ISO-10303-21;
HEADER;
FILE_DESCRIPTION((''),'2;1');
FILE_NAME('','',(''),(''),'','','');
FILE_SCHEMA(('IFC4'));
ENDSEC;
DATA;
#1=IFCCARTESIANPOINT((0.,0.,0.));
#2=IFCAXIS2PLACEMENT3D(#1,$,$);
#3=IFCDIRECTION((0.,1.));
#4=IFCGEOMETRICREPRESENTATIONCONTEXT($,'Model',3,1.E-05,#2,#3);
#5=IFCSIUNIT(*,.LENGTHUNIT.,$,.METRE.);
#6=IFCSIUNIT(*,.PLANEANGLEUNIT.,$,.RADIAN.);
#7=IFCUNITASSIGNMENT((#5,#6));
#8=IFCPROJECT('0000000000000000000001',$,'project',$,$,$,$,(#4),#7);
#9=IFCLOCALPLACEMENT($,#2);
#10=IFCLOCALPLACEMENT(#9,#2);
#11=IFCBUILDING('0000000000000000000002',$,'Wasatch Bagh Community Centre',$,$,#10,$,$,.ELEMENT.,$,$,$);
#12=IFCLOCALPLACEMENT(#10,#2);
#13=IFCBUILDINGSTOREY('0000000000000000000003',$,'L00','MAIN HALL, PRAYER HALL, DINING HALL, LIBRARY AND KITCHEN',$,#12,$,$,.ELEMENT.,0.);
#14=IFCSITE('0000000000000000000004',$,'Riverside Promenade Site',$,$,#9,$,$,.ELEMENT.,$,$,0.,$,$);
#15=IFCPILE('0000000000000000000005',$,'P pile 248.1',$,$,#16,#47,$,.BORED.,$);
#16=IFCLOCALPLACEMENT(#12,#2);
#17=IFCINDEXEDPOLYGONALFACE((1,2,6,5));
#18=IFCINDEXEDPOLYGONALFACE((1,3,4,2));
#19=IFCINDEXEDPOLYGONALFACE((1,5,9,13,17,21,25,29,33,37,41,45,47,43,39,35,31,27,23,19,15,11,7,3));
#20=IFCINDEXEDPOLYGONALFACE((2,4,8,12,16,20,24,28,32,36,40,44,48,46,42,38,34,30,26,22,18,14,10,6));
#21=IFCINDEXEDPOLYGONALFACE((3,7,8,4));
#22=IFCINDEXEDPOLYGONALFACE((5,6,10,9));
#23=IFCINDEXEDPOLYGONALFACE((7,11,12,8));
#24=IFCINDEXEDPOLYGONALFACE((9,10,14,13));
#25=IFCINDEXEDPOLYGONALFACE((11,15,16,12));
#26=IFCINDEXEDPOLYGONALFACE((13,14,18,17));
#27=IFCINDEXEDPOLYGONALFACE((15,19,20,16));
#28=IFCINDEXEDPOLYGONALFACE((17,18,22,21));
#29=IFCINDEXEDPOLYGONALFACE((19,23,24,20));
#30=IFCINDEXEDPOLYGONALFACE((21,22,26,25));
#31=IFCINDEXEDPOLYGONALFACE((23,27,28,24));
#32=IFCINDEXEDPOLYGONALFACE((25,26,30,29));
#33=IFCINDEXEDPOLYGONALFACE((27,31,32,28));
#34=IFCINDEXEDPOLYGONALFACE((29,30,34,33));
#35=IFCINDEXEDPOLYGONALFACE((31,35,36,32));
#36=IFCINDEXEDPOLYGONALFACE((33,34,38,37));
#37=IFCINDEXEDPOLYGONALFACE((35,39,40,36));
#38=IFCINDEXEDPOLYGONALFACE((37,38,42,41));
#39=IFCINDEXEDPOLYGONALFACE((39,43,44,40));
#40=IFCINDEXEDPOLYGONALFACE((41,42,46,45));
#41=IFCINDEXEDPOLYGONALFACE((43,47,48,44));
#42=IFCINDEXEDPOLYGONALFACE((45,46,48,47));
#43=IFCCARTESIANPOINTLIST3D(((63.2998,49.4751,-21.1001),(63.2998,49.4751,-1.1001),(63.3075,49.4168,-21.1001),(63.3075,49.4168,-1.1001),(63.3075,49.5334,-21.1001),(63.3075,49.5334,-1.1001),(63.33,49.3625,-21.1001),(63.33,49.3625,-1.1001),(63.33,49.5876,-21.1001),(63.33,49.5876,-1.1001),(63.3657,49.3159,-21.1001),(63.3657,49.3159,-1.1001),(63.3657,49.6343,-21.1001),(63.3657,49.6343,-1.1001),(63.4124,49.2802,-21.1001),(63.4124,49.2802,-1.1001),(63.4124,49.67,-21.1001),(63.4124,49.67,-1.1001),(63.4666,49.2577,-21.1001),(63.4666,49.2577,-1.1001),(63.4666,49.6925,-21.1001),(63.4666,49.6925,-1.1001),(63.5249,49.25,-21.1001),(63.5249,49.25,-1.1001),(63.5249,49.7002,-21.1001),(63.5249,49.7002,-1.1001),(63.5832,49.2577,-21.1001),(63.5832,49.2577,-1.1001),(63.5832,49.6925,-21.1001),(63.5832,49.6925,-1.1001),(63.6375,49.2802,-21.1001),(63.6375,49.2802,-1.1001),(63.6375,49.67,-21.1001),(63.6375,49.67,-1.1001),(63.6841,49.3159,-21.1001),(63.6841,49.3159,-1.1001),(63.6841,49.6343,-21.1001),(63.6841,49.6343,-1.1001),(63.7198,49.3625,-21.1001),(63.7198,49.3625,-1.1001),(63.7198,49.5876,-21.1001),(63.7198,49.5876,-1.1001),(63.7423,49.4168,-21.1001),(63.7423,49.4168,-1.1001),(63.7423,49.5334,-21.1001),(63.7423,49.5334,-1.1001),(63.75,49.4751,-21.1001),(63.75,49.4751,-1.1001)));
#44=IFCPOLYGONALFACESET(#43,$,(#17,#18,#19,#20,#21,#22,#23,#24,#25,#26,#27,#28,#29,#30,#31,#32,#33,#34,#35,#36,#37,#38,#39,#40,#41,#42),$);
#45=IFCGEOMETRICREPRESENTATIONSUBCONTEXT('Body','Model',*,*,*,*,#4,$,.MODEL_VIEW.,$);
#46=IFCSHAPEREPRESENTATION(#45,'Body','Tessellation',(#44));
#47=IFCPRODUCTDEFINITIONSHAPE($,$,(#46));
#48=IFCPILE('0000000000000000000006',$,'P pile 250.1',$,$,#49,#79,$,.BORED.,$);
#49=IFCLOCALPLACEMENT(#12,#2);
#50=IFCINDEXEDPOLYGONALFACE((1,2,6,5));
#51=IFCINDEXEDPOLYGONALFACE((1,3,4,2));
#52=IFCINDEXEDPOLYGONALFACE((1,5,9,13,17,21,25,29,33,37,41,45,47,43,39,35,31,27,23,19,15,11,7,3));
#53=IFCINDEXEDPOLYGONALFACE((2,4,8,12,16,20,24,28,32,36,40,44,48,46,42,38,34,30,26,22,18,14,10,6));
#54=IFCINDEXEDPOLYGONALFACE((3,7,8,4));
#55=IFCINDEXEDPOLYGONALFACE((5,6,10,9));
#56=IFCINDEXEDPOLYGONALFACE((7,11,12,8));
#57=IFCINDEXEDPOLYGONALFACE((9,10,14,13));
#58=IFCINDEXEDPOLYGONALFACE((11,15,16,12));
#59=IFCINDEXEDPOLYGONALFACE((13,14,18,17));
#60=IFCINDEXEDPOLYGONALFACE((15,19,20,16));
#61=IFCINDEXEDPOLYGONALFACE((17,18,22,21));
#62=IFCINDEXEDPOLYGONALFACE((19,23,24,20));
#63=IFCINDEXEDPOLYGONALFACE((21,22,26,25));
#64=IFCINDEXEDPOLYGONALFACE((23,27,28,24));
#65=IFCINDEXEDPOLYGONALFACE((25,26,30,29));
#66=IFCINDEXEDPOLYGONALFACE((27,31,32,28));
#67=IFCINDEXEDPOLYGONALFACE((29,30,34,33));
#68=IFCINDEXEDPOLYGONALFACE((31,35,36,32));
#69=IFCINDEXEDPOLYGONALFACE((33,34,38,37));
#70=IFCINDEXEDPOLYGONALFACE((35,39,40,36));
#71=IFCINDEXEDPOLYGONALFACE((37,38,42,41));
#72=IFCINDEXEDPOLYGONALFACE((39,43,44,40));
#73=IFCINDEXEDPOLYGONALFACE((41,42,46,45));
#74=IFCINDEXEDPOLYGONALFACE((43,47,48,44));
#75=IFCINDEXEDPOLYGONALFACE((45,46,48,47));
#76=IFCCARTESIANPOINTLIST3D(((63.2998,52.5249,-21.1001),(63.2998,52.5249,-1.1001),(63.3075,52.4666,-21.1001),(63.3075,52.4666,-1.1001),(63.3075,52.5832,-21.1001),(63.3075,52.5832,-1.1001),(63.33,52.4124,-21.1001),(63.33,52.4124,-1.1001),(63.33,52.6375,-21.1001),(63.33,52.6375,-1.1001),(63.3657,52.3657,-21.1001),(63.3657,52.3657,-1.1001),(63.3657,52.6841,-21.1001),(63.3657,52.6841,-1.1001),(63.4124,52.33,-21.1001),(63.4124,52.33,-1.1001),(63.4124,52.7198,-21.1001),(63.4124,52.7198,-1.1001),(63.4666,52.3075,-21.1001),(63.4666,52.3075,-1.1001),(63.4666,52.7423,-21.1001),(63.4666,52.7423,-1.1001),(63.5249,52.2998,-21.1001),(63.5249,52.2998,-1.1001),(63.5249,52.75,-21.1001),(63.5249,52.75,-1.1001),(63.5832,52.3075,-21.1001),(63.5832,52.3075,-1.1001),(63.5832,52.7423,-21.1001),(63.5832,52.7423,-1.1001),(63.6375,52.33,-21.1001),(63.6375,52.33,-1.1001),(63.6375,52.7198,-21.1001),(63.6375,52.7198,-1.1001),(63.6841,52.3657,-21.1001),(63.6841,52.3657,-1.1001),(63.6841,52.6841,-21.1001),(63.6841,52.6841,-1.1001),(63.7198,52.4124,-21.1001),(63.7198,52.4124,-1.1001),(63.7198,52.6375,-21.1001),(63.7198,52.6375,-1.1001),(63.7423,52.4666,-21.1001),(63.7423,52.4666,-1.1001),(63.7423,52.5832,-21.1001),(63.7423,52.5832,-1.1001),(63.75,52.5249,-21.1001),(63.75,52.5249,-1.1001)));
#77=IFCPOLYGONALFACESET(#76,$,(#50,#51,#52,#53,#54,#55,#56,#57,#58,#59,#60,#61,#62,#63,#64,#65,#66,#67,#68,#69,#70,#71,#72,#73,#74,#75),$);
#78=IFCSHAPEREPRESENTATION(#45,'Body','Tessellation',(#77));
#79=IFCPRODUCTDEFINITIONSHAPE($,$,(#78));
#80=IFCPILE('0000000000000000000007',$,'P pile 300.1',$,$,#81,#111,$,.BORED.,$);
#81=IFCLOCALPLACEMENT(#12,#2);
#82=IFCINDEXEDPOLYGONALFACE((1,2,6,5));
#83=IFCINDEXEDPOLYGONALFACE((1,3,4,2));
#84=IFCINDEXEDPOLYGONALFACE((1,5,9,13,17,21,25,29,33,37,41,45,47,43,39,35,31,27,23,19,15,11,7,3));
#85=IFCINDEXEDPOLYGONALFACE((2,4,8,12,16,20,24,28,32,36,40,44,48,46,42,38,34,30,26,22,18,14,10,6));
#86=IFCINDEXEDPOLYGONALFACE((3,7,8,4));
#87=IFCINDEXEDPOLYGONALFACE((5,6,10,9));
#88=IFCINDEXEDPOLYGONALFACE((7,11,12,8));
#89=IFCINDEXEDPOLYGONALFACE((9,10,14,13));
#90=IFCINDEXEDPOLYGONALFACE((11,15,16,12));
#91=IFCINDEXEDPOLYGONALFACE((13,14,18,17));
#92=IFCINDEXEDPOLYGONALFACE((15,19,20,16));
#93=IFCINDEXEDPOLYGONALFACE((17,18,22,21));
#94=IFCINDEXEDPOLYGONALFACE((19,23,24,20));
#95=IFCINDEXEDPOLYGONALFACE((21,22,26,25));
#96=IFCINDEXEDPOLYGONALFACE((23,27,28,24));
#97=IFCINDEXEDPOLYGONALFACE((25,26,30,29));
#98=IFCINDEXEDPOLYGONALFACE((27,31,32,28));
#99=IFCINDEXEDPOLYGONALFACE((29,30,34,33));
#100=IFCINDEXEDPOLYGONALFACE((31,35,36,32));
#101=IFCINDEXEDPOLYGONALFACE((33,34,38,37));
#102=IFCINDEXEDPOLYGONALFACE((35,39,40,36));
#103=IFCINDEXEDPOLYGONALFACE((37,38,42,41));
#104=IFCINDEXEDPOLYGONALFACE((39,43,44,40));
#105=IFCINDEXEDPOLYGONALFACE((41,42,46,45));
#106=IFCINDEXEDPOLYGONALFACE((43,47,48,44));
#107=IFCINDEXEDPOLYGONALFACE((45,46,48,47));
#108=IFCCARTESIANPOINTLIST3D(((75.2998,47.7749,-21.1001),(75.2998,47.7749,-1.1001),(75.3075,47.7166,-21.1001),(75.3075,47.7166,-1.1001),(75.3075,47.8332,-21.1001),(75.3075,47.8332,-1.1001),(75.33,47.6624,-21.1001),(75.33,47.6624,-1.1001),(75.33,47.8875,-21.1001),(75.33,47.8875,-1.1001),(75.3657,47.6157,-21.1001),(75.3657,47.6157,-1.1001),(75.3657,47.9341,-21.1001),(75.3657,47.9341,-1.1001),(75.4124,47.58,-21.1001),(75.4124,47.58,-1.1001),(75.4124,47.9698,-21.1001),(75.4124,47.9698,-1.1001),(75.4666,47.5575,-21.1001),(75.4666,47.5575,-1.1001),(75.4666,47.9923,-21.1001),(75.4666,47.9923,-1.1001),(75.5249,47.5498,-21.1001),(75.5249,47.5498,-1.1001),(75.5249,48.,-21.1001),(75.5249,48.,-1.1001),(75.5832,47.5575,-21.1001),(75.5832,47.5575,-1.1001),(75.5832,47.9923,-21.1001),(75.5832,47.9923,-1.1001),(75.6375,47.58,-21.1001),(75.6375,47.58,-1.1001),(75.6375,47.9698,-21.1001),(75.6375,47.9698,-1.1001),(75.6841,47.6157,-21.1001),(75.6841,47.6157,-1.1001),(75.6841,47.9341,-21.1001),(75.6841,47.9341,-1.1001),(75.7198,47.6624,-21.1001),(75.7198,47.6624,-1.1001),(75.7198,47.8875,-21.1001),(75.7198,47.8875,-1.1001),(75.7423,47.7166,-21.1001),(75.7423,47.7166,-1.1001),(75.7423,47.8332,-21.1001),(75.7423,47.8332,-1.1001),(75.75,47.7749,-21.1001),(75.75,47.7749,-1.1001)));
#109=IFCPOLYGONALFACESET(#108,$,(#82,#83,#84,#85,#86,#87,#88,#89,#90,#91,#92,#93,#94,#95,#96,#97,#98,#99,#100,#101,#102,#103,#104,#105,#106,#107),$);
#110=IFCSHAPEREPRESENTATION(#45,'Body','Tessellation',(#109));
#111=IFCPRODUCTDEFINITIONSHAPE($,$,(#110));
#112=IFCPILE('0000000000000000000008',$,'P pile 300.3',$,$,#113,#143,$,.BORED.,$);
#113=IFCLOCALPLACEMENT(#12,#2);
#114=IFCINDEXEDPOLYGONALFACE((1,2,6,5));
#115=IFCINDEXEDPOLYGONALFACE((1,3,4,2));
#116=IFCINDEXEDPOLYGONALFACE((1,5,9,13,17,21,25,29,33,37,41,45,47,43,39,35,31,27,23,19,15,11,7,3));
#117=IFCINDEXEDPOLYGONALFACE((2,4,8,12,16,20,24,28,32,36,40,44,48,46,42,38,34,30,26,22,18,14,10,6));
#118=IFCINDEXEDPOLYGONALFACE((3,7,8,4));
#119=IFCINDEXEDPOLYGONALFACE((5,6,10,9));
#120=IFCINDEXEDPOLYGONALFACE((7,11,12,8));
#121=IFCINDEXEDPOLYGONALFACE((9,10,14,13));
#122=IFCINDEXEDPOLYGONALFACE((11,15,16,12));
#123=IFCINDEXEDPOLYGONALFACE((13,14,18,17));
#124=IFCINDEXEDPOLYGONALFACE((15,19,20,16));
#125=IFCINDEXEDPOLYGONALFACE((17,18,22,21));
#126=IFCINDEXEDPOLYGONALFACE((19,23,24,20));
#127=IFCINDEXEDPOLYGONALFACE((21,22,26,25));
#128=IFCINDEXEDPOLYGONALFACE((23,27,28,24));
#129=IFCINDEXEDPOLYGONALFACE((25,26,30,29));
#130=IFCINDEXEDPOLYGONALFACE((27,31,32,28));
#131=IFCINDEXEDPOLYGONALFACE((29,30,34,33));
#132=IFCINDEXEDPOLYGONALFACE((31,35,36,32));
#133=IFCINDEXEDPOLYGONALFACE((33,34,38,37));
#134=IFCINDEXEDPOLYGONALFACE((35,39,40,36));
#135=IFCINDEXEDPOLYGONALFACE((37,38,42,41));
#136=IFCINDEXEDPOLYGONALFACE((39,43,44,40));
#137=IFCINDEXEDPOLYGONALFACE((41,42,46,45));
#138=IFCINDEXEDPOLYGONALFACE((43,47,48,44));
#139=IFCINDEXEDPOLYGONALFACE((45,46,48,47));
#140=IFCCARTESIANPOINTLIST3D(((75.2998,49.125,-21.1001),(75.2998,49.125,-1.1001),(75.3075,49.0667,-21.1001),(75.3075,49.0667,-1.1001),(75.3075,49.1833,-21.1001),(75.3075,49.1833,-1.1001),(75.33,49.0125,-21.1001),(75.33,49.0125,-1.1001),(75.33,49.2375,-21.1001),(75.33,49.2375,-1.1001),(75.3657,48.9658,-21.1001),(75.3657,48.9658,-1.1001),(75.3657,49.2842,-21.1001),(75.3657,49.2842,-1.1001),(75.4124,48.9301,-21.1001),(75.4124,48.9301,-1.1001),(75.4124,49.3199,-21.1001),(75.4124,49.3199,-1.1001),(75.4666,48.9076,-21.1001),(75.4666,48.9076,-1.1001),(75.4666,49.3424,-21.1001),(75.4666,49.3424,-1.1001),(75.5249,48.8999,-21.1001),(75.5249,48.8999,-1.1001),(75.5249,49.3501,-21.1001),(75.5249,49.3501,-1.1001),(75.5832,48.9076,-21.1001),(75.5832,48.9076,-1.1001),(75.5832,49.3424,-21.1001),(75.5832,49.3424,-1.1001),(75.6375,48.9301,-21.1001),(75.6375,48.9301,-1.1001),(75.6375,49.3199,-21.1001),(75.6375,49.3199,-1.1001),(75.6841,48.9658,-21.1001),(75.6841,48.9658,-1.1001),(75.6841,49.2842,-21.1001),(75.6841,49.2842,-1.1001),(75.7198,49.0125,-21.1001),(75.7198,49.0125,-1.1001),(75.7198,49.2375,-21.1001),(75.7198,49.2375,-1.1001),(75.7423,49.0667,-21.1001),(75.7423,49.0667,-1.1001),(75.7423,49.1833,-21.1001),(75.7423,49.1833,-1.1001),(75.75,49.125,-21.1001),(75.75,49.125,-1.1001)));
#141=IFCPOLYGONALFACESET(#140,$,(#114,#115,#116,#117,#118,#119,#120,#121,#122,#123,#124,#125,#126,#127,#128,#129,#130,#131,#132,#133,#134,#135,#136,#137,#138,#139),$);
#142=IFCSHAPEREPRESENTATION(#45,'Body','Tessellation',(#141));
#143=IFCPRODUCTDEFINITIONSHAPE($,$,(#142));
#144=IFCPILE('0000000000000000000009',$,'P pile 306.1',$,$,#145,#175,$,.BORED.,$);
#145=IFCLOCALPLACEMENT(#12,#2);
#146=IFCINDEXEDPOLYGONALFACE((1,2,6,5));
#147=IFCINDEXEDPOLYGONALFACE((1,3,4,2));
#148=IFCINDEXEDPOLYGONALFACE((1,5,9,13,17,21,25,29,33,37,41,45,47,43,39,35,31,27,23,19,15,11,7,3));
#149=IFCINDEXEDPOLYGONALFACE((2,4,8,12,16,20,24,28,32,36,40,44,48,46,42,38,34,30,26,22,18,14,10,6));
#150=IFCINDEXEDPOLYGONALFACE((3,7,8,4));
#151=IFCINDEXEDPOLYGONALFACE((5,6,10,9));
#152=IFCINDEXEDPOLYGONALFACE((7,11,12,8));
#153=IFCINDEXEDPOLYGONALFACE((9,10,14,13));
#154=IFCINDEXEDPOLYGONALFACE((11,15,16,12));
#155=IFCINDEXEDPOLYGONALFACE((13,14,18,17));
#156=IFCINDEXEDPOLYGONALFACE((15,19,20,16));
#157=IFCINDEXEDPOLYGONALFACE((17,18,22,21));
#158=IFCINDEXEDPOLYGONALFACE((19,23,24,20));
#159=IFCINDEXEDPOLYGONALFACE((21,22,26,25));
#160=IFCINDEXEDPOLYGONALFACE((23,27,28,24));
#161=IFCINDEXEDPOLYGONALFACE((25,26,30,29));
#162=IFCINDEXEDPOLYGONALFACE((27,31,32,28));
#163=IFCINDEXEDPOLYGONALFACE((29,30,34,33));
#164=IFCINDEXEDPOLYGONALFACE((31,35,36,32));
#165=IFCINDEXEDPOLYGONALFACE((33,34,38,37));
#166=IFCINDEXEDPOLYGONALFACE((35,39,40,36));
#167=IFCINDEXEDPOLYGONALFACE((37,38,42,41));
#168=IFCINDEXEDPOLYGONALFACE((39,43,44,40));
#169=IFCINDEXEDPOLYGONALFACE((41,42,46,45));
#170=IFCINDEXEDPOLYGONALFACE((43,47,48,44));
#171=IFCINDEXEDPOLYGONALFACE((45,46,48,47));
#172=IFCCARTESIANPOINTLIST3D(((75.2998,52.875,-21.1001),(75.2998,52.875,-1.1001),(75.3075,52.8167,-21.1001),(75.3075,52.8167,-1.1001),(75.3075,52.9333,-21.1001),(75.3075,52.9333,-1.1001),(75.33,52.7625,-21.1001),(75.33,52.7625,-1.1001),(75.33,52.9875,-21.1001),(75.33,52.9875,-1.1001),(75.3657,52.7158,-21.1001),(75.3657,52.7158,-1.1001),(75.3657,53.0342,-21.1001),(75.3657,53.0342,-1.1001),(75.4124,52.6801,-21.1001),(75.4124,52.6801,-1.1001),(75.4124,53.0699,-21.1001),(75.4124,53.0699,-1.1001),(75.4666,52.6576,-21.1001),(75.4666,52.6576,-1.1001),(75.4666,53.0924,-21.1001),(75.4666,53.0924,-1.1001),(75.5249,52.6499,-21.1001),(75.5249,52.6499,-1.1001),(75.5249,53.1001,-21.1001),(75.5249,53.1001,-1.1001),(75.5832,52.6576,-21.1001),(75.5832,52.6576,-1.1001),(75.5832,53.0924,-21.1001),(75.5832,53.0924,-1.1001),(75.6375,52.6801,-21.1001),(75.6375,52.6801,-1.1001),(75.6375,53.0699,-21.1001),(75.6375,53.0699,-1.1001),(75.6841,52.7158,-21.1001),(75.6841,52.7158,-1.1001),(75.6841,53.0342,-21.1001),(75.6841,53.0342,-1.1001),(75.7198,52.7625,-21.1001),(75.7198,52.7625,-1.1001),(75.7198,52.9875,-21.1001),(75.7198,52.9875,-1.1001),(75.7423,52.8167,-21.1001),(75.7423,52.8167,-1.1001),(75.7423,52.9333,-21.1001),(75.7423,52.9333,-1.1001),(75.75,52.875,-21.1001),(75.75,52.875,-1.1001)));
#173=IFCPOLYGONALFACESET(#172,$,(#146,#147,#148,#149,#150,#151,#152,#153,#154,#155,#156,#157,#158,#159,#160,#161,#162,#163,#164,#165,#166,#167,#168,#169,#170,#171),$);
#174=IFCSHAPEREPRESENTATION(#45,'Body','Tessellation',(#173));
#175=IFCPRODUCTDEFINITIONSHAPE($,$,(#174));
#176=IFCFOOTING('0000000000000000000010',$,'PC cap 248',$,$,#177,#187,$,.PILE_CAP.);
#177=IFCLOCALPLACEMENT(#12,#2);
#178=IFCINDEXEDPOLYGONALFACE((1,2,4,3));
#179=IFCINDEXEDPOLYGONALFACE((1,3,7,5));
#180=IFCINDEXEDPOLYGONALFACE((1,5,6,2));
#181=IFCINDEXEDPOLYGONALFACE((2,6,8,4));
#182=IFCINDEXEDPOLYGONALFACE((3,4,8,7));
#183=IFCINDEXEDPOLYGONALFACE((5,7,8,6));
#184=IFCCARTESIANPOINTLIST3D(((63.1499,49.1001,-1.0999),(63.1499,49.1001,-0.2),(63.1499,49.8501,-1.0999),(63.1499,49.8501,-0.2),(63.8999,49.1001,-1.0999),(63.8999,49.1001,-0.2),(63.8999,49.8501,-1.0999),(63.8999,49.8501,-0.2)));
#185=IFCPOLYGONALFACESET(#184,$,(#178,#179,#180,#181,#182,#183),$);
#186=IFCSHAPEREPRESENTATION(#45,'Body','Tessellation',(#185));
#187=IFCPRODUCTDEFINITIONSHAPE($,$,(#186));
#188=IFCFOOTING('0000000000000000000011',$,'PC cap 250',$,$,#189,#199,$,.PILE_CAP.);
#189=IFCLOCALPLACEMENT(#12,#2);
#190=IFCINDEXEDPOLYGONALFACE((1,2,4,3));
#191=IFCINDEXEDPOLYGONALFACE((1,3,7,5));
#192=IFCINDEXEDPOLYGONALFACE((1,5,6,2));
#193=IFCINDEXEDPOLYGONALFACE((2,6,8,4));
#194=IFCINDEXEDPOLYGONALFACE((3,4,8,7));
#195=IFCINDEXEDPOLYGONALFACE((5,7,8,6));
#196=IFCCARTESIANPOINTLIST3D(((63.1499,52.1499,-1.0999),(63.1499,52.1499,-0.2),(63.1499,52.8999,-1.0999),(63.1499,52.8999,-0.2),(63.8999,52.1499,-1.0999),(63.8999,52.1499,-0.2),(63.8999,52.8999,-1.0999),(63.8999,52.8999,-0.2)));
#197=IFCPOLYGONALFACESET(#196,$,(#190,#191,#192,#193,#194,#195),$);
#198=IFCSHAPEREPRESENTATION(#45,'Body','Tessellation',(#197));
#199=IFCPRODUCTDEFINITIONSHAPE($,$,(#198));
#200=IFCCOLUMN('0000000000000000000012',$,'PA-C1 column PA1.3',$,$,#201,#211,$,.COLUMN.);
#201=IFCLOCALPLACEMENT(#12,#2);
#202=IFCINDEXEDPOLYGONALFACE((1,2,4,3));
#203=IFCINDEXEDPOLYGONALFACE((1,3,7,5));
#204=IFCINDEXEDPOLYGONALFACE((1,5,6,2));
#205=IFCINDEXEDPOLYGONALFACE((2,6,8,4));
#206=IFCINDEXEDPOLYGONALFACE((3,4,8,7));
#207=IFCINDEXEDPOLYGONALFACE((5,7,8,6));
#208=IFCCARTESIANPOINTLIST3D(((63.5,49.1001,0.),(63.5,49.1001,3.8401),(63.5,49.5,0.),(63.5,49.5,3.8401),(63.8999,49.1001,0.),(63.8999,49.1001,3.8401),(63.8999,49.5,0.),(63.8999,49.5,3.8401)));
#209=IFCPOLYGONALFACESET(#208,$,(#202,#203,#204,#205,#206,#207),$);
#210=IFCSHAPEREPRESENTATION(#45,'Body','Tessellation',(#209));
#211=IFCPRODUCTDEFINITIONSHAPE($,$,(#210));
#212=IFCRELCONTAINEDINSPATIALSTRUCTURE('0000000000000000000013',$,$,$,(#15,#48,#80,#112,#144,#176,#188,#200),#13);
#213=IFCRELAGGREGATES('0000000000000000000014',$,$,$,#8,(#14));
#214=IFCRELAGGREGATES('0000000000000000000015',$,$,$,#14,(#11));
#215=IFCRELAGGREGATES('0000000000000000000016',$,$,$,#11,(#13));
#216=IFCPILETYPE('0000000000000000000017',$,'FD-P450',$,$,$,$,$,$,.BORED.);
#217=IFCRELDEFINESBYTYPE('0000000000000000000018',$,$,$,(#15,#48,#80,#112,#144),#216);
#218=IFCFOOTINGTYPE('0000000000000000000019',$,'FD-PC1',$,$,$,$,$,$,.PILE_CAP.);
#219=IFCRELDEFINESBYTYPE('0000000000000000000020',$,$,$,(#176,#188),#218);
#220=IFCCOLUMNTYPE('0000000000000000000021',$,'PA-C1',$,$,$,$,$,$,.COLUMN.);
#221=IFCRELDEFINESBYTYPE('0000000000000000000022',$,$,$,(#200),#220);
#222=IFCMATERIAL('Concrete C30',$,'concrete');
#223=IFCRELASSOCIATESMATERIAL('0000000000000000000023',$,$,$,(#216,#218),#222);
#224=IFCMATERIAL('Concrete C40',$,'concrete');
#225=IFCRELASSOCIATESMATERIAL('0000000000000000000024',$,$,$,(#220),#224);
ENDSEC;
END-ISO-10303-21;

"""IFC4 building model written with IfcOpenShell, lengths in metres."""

from ifc_helpers import new_model, si_unit, direction, frame, origin, origin_2d, place, context, subcontext, project, spatial, rectangle, circle, extrude, material, material_profile, profile_set, type_object, element, save


model = new_model("IFC4")

# Units and contexts
model_context = context("Model", 3, precision=1e-05, world=origin(), true_north=direction((0.0, 1.0)))
body_context = subcontext(model_context, "Body", "Model", "MODEL_VIEW")
ifc_project = project(units=[si_unit("LENGTHUNIT", "METRE"), si_unit("PLANEANGLEUNIT", "RADIAN")], contexts=[model_context])

# Site, building, storey
site_placement = place(None, origin())
site = spatial("IfcSite", under=ifc_project, at=site_placement, Name="Riverside Promenade Site", CompositionType="ELEMENT", RefElevation=0.0)
building_placement = place(site_placement, origin())
building = spatial("IfcBuilding", under=site, at=building_placement, Name="Wasatch Bagh Community Centre", CompositionType="ELEMENT")
storey_placement = place(building_placement, origin())
storey = spatial("IfcBuildingStorey", under=building, at=storey_placement, Name="L00", Description="MAIN HALL, PRAYER HALL, DINING HALL, LIBRARY AND KITCHEN", CompositionType="ELEMENT", Elevation=0.0)

# Piles
ifc_material_1 = material(Name="Concrete C30", Category="concrete")
ifc_material_profile_1 = material_profile(ifc_material_1, circle(Radius=0.2251, at=origin_2d()), Name="RC D450")
ifc_profile_set_1 = profile_set([ifc_material_profile_1], Name="Concrete C30")
pile_type = type_object("IfcPileType", Name="FD-P450", PredefinedType="BORED", material=ifc_profile_set_1)
for number, where, z_axis, x_axis, name in (
    (1, (63.5249, 49.4751, -1.1001), (0.0, 0.0, -1.0), (1.0, 0.0, 0.0), "P pile 248.1"),
    (2, (63.5249, 52.5249, -1.1001), (0.0, 0.0, -1.0), (1.0, 0.0, 0.0), "P pile 250.1"),
    (3, (75.5249, 47.7749, -1.1001), (0.0, 0.0, -1.0), (1.0, 0.0, 0.0), "P pile 300.1"),
    (4, (75.5249, 49.125, -1.1001), (0.0, 0.0, -1.0), (1.0, 0.0, 0.0), "P pile 300.3"),
    (5, (75.5249, 52.875, -1.1001), (0.0, 0.0, -1.0), (1.0, 0.0, 0.0), "P pile 306.1"),
):
    element("IfcPile", number, at=place(storey_placement, frame(where, z_axis=z_axis, x_axis=x_axis)), inside=storey, type_object=pile_type, Name=name, PredefinedType="BORED", context=body_context, shape_type="SweptSolid", body=[
        extrude(circle(Radius=0.2251, at=origin_2d()), origin(), (0.0, 0.0, 1.0), 20.0),
    ])

# Footings
footing_type = type_object("IfcFootingType", Name="FD-PC1", PredefinedType="PILE_CAP", material=ifc_material_1)
for number, where, z_axis, x_axis, name in (
    (6, (63.5249, 49.4751, -1.0999), (0.0, 0.0, 1.0), (1.0, 0.0, 0.0), "PC cap 248"),
    (7, (63.5249, 52.5249, -1.0999), (0.0, 0.0, 1.0), (1.0, 0.0, 0.0), "PC cap 250"),
):
    element("IfcFooting", number, at=place(storey_placement, frame(where, z_axis=z_axis, x_axis=x_axis)), inside=storey, type_object=footing_type, Name=name, PredefinedType="PILE_CAP", context=body_context, shape_type="SweptSolid", body=[
        extrude(rectangle(XDim=0.75, YDim=0.75, at=origin_2d()), origin(), (0.0, 0.0, 1.0), 0.8999),
    ])

# Column
ifc_material_2 = material(Name="Concrete C40", Category="concrete")
ifc_material_profile_2 = material_profile(ifc_material_2, rectangle(XDim=0.3999, YDim=0.3999, at=origin_2d()), Name="RC 400x400")
ifc_profile_set_2 = profile_set([ifc_material_profile_2], Name="Concrete C40")
column_type = type_object("IfcColumnType", Name="PA-C1", PredefinedType="COLUMN", material=ifc_profile_set_2)
for number, where, z_axis, x_axis, name in (
    (8, (63.7, 49.3, 0.0), (0.0, 0.0, 1.0), (1.0, 0.0, 0.0), "PA-C1 column PA1.3"),
):
    element("IfcColumn", number, at=place(storey_placement, frame(where, z_axis=z_axis, x_axis=x_axis)), inside=storey, type_object=column_type, Name=name, PredefinedType="COLUMN", context=body_context, shape_type="SweptSolid", body=[
        extrude(rectangle(XDim=0.3999, YDim=0.3999, at=origin_2d()), origin(), (0.0, 0.0, 1.0), 3.8401),
    ])

save(model, "model.ifc")
